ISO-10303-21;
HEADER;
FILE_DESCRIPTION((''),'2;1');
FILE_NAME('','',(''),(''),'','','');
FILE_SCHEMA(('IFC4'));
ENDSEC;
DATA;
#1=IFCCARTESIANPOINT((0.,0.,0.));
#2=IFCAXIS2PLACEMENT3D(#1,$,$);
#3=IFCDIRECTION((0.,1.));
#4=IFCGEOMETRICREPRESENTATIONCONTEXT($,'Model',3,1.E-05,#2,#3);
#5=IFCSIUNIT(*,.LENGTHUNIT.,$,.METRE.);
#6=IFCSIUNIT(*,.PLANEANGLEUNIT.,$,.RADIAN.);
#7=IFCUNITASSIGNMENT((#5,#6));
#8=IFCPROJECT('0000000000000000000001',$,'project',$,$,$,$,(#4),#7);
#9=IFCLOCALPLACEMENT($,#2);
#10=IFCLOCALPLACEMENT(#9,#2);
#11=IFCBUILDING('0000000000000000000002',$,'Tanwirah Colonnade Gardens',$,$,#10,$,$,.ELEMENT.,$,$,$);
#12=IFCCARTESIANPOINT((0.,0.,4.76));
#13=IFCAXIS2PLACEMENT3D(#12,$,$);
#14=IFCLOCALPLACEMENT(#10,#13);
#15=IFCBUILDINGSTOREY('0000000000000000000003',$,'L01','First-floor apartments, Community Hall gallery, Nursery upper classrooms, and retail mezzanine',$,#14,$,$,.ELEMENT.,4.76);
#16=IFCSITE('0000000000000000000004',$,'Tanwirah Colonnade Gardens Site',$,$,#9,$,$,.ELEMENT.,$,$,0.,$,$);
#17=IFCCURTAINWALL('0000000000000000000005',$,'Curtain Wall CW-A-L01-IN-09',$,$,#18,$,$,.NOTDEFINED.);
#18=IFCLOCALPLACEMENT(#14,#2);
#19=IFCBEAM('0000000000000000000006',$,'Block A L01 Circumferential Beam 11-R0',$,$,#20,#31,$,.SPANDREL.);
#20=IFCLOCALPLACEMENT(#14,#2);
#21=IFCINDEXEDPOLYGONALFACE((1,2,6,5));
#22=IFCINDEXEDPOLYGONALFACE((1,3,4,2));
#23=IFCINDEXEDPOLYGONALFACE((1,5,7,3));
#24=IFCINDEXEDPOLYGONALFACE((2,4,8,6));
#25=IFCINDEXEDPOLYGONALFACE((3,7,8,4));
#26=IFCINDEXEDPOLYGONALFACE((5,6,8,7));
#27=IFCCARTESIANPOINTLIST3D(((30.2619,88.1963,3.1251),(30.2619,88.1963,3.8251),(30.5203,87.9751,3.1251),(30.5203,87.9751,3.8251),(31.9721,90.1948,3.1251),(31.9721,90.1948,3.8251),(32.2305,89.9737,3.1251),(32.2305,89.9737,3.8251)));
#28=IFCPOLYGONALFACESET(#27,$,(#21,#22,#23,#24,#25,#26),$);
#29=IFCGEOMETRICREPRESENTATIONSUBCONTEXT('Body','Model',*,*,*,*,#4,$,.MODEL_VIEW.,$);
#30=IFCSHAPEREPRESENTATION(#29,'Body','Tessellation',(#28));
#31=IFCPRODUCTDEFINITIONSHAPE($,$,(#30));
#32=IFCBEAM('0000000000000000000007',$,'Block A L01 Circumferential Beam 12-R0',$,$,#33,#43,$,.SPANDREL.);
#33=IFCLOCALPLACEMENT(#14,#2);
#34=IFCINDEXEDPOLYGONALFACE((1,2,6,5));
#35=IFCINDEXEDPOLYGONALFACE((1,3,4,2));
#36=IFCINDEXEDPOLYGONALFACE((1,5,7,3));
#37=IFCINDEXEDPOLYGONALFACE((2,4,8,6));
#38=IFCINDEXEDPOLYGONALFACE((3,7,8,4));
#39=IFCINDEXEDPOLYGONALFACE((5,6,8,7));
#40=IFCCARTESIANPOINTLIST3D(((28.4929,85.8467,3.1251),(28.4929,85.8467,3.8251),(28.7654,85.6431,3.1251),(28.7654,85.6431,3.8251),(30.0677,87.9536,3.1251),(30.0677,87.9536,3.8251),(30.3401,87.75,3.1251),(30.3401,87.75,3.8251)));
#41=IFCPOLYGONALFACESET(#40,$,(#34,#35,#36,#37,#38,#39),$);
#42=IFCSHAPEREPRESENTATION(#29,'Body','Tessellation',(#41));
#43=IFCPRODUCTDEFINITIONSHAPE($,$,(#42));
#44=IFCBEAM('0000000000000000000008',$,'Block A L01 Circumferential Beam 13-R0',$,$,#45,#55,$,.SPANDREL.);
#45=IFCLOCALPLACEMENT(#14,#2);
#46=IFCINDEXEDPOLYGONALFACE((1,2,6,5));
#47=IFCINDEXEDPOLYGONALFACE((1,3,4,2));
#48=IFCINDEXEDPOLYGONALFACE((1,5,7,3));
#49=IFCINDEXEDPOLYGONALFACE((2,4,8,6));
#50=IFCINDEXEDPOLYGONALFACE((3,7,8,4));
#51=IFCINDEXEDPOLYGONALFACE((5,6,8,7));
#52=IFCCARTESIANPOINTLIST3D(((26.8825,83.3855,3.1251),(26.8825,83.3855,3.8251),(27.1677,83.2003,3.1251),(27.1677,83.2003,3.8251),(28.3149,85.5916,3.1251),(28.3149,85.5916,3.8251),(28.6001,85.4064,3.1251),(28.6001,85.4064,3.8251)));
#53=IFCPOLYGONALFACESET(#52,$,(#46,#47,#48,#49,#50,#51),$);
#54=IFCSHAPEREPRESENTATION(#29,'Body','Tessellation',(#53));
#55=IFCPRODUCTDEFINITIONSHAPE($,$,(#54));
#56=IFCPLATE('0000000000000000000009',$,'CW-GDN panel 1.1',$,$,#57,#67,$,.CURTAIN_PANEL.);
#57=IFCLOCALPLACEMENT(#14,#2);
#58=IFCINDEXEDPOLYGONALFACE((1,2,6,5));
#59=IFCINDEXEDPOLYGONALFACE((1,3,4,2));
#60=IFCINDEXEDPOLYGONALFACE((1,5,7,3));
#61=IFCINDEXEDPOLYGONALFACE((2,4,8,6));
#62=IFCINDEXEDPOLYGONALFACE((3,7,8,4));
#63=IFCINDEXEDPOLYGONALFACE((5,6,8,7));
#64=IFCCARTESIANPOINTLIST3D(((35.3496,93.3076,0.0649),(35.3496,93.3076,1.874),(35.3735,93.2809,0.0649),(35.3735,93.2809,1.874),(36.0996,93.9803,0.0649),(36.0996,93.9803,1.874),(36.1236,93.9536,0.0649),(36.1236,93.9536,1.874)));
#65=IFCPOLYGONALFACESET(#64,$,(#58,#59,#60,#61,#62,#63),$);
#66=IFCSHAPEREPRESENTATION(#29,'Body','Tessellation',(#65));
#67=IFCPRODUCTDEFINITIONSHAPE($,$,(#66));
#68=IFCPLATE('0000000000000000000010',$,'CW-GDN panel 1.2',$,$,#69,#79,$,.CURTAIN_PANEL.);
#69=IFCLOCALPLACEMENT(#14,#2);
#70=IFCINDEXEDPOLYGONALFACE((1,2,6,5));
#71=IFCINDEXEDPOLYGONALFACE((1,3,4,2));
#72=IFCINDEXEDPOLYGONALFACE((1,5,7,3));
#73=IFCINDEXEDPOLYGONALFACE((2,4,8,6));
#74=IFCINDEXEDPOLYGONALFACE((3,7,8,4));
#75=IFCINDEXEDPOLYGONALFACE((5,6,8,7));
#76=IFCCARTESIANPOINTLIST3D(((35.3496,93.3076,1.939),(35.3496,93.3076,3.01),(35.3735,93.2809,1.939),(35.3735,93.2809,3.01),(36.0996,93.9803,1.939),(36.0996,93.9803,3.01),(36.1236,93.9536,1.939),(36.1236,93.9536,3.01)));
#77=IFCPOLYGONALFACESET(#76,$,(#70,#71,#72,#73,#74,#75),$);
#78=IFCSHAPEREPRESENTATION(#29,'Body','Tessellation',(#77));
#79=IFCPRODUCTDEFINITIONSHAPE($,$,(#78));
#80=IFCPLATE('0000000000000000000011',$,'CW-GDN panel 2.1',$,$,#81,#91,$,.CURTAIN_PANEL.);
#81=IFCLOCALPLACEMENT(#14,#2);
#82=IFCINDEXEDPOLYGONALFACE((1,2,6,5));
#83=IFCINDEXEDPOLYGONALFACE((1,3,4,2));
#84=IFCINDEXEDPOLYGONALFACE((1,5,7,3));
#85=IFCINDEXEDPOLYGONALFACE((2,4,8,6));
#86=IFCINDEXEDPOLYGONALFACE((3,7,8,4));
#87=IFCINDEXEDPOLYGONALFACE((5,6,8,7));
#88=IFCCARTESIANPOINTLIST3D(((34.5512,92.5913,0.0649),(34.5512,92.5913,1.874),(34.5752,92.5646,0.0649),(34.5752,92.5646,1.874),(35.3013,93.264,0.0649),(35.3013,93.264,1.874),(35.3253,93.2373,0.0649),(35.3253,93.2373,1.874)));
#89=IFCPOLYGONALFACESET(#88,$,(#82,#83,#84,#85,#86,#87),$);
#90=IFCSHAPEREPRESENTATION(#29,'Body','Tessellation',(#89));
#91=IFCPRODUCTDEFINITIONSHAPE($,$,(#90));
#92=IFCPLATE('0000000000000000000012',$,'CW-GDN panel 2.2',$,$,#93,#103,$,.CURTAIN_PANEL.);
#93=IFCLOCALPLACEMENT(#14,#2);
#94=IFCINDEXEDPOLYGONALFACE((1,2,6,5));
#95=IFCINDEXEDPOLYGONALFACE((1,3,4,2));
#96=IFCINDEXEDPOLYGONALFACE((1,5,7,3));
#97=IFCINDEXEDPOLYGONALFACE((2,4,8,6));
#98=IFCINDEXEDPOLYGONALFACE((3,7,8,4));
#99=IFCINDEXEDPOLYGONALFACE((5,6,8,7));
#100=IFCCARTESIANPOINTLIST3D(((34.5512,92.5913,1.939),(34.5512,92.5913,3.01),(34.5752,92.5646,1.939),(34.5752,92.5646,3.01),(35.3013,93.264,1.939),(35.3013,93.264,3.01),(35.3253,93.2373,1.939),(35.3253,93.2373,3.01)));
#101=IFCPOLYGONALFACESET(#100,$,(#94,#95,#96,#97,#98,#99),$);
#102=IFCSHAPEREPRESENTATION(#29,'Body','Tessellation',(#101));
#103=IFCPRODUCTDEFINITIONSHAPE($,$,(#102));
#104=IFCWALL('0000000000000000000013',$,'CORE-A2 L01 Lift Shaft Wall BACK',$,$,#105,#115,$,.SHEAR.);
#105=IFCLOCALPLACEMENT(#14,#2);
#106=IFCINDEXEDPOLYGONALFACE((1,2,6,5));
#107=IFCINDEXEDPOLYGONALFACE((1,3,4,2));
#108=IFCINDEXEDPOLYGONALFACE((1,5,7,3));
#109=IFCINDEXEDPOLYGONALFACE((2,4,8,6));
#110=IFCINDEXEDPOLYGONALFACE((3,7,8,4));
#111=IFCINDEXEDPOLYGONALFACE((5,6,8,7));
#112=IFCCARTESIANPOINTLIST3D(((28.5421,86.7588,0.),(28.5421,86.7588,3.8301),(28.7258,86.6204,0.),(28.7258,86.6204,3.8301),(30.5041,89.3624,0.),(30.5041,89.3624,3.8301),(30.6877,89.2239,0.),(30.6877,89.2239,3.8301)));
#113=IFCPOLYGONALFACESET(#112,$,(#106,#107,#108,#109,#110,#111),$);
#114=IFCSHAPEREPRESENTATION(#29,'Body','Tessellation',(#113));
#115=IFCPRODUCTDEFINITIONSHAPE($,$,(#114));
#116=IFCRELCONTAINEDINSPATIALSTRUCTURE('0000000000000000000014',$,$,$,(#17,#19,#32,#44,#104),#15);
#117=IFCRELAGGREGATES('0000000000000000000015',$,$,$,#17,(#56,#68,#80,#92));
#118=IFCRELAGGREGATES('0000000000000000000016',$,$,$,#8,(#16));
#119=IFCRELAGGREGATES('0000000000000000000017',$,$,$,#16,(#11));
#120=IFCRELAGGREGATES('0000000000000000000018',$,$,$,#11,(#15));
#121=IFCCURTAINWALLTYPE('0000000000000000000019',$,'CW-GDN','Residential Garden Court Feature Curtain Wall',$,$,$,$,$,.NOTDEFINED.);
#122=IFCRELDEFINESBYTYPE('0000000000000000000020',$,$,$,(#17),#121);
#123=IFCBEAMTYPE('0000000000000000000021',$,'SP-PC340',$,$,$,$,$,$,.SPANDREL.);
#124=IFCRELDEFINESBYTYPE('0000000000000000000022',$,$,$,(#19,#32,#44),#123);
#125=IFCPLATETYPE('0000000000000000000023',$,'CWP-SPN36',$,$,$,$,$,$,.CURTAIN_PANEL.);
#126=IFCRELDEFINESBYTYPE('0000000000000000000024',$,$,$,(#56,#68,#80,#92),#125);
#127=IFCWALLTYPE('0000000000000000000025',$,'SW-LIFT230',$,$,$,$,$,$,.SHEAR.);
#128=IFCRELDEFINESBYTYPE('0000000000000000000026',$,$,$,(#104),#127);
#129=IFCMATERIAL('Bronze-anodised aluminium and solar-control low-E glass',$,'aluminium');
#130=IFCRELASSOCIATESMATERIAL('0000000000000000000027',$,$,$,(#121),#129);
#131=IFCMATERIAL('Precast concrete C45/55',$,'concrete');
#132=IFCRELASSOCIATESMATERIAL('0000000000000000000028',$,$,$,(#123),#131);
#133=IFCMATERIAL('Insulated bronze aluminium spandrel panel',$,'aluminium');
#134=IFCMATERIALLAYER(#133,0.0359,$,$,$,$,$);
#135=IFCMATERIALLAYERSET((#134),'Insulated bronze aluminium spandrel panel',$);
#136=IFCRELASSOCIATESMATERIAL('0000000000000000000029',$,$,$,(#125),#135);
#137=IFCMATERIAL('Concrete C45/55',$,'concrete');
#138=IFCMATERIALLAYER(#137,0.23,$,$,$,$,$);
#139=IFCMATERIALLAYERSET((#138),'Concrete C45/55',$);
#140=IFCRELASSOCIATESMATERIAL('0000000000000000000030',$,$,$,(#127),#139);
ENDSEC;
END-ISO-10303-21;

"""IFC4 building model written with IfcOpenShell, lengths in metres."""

from ifc_helpers import new_model, si_unit, direction, frame, frame_2d, origin, origin_2d, place, context, subcontext, project, spatial, rectangle, extrude, material, layer, layer_set, material_profile, profile_set, type_object, element, aggregate, save


model = new_model("IFC4")

# Units and contexts
model_context = context("Model", 3, precision=1e-05, world=origin(), true_north=direction((0.0, 1.0)))
body_context = subcontext(model_context, "Body", "Model", "MODEL_VIEW")
ifc_project = project(units=[si_unit("LENGTHUNIT", "METRE"), si_unit("PLANEANGLEUNIT", "RADIAN")], contexts=[model_context])

# Site, building, storey
site_placement = place(None, origin())
site = spatial("IfcSite", under=ifc_project, at=site_placement, Name="Tanwirah Colonnade Gardens Site", CompositionType="ELEMENT", RefElevation=0.0)
building_placement = place(site_placement, origin())
building = spatial("IfcBuilding", under=site, at=building_placement, Name="Tanwirah Colonnade Gardens", CompositionType="ELEMENT")
storey_placement = place(building_placement, frame((0.0, 0.0, 4.76)))
storey = spatial("IfcBuildingStorey", under=building, at=storey_placement, Name="L01", Description="First-floor apartments, Community Hall gallery, Nursery upper classrooms, and retail mezzanine", CompositionType="ELEMENT", Elevation=4.76)

# Shared definitions
ifc_material_1 = material(Name="Precast concrete C45/55", Category="concrete")

# Curtain wall
ifc_material_2 = material(Name="Bronze-anodised aluminium and solar-control low-E glass", Category="aluminium")
curtain_wall_type = type_object("IfcCurtainWallType", Name="CW-GDN", Description="Residential Garden Court Feature Curtain Wall", PredefinedType="NOTDEFINED", material=ifc_material_2)
curtain_wall_placement = place(storey_placement, origin())
curtain_wall = element("IfcCurtainWall", 1, at=curtain_wall_placement, inside=storey, type_object=curtain_wall_type, Name="Curtain Wall CW-A-L01-IN-09", PredefinedType="NOTDEFINED")

# Beams
ifc_material_profile_1 = material_profile(ifc_material_1, rectangle(XDim=0.3401, YDim=0.7, at=origin_2d()), Name="PC-SP 340x700")
ifc_profile_set_1 = profile_set([ifc_material_profile_1], Name="Precast concrete C45/55")
beam_type_1 = type_object("IfcBeamType", Name="SP-PC340", PredefinedType="SPANDREL", material=ifc_profile_set_1)
for number, where, z_axis, x_axis, name in (
    (2, (32.1013, 90.0842, 3.4751), (-0.650172, -0.759787, 0.0), (0.759787, -0.650172, 0.0), "Block A L01 Circumferential Beam 11-R0"),
    (3, (30.2039, 87.8518, 3.4751), (-0.598663, -0.801001, 0.0), (0.801001, -0.598663, 0.0), "Block A L01 Circumferential Beam 12-R0"),
    (4, (28.4575, 85.499, 3.4751), (-0.544571, -0.838715, 0.0), (0.838715, -0.544571, 0.0), "Block A L01 Circumferential Beam 13-R0"),
):
    element("IfcBeam", number, at=place(storey_placement, frame(where, z_axis=z_axis, x_axis=x_axis)), inside=storey, type_object=beam_type_1, Name=name, PredefinedType="SPANDREL", context=body_context, shape_type="SweptSolid", body=[
        extrude(rectangle(XDim=0.3401, YDim=0.7, at=origin_2d()), origin(), (0.0, 0.0, 1.0), 2.6304),
    ])

# Plates
ifc_material_3 = material(Name="Insulated bronze aluminium spandrel panel", Category="aluminium")
ifc_layer_1 = layer(ifc_material_3, 0.0359)
ifc_layer_set_1 = layer_set([ifc_layer_1], Name="Insulated bronze aluminium spandrel panel")
plate_type = type_object("IfcPlateType", Name="CWP-SPN36", PredefinedType="CURTAIN_PANEL", material=ifc_layer_set_1)
plate_1_placement = place(storey_placement, frame((35.7366, 93.6306, 0.0649), z_axis=(0.0, 0.0, 1.0), x_axis=(-0.74444, -0.667689, 0.0)))
plate_1 = element("IfcPlate", 5, at=plate_1_placement, type_object=plate_type, Name="CW-GDN panel 1.1", PredefinedType="CURTAIN_PANEL", context=body_context, shape_type="SweptSolid", body=[
    extrude(rectangle(XDim=1.0076, YDim=0.0359, at=origin_2d()), origin(), (0.0, 0.0, 1.0), 1.8091),
])
plate_2_placement = place(storey_placement, frame((35.7366, 93.6306, 1.939), z_axis=(0.0, 0.0, 1.0), x_axis=(-0.74444, -0.667689, 0.0)))
plate_2 = element("IfcPlate", 6, at=plate_2_placement, type_object=plate_type, Name="CW-GDN panel 1.2", PredefinedType="CURTAIN_PANEL", context=body_context, shape_type="SweptSolid", body=[
    extrude(rectangle(XDim=1.0076, YDim=0.0359, at=origin_2d()), origin(), (0.0, 0.0, 1.0), 1.071),
])
plate_3_placement = place(storey_placement, frame((34.9382, 92.9143, 0.0649), z_axis=(0.0, 0.0, 1.0), x_axis=(-0.74444, -0.667689, 0.0)))
plate_3 = element("IfcPlate", 7, at=plate_3_placement, type_object=plate_type, Name="CW-GDN panel 2.1", PredefinedType="CURTAIN_PANEL", context=body_context, shape_type="SweptSolid", body=[
    extrude(rectangle(XDim=1.0076, YDim=0.0359, at=origin_2d()), origin(), (0.0, 0.0, 1.0), 1.8091),
])
plate_4_placement = place(storey_placement, frame((34.9382, 92.9143, 1.939), z_axis=(0.0, 0.0, 1.0), x_axis=(-0.74444, -0.667689, 0.0)))
plate_4 = element("IfcPlate", 8, at=plate_4_placement, type_object=plate_type, Name="CW-GDN panel 2.2", PredefinedType="CURTAIN_PANEL", context=body_context, shape_type="SweptSolid", body=[
    extrude(rectangle(XDim=1.0076, YDim=0.0359, at=origin_2d()), origin(), (0.0, 0.0, 1.0), 1.071),
])
aggregate(curtain_wall, [plate_1, plate_2, plate_3, plate_4])

# Wall
ifc_material_4 = material(Name="Concrete C45/55", Category="concrete")
ifc_layer_2 = layer(ifc_material_4, 0.23)
ifc_layer_set_2 = layer_set([ifc_layer_2], Name="Concrete C45/55")
wall_type = type_object("IfcWallType", Name="SW-LIFT230", PredefinedType="SHEAR", material=ifc_layer_set_2)
wall_placement = place(storey_placement, frame((28.634, 86.6897, 0.0), z_axis=(0.0, 0.0, 1.0), x_axis=(0.60182, 0.798632, 0.0)))
element("IfcWall", 9, at=wall_placement, inside=storey, type_object=wall_type, Name="CORE-A2 L01 Lift Shaft Wall BACK", PredefinedType="SHEAR", context=body_context, shape_type="SweptSolid", body=[
    extrude(rectangle(XDim=3.26, YDim=0.23, at=frame_2d((1.6299, 0.0))), origin(), (0.0, 0.0, 1.0), 3.8301),
])

save(model, "model.ifc")
